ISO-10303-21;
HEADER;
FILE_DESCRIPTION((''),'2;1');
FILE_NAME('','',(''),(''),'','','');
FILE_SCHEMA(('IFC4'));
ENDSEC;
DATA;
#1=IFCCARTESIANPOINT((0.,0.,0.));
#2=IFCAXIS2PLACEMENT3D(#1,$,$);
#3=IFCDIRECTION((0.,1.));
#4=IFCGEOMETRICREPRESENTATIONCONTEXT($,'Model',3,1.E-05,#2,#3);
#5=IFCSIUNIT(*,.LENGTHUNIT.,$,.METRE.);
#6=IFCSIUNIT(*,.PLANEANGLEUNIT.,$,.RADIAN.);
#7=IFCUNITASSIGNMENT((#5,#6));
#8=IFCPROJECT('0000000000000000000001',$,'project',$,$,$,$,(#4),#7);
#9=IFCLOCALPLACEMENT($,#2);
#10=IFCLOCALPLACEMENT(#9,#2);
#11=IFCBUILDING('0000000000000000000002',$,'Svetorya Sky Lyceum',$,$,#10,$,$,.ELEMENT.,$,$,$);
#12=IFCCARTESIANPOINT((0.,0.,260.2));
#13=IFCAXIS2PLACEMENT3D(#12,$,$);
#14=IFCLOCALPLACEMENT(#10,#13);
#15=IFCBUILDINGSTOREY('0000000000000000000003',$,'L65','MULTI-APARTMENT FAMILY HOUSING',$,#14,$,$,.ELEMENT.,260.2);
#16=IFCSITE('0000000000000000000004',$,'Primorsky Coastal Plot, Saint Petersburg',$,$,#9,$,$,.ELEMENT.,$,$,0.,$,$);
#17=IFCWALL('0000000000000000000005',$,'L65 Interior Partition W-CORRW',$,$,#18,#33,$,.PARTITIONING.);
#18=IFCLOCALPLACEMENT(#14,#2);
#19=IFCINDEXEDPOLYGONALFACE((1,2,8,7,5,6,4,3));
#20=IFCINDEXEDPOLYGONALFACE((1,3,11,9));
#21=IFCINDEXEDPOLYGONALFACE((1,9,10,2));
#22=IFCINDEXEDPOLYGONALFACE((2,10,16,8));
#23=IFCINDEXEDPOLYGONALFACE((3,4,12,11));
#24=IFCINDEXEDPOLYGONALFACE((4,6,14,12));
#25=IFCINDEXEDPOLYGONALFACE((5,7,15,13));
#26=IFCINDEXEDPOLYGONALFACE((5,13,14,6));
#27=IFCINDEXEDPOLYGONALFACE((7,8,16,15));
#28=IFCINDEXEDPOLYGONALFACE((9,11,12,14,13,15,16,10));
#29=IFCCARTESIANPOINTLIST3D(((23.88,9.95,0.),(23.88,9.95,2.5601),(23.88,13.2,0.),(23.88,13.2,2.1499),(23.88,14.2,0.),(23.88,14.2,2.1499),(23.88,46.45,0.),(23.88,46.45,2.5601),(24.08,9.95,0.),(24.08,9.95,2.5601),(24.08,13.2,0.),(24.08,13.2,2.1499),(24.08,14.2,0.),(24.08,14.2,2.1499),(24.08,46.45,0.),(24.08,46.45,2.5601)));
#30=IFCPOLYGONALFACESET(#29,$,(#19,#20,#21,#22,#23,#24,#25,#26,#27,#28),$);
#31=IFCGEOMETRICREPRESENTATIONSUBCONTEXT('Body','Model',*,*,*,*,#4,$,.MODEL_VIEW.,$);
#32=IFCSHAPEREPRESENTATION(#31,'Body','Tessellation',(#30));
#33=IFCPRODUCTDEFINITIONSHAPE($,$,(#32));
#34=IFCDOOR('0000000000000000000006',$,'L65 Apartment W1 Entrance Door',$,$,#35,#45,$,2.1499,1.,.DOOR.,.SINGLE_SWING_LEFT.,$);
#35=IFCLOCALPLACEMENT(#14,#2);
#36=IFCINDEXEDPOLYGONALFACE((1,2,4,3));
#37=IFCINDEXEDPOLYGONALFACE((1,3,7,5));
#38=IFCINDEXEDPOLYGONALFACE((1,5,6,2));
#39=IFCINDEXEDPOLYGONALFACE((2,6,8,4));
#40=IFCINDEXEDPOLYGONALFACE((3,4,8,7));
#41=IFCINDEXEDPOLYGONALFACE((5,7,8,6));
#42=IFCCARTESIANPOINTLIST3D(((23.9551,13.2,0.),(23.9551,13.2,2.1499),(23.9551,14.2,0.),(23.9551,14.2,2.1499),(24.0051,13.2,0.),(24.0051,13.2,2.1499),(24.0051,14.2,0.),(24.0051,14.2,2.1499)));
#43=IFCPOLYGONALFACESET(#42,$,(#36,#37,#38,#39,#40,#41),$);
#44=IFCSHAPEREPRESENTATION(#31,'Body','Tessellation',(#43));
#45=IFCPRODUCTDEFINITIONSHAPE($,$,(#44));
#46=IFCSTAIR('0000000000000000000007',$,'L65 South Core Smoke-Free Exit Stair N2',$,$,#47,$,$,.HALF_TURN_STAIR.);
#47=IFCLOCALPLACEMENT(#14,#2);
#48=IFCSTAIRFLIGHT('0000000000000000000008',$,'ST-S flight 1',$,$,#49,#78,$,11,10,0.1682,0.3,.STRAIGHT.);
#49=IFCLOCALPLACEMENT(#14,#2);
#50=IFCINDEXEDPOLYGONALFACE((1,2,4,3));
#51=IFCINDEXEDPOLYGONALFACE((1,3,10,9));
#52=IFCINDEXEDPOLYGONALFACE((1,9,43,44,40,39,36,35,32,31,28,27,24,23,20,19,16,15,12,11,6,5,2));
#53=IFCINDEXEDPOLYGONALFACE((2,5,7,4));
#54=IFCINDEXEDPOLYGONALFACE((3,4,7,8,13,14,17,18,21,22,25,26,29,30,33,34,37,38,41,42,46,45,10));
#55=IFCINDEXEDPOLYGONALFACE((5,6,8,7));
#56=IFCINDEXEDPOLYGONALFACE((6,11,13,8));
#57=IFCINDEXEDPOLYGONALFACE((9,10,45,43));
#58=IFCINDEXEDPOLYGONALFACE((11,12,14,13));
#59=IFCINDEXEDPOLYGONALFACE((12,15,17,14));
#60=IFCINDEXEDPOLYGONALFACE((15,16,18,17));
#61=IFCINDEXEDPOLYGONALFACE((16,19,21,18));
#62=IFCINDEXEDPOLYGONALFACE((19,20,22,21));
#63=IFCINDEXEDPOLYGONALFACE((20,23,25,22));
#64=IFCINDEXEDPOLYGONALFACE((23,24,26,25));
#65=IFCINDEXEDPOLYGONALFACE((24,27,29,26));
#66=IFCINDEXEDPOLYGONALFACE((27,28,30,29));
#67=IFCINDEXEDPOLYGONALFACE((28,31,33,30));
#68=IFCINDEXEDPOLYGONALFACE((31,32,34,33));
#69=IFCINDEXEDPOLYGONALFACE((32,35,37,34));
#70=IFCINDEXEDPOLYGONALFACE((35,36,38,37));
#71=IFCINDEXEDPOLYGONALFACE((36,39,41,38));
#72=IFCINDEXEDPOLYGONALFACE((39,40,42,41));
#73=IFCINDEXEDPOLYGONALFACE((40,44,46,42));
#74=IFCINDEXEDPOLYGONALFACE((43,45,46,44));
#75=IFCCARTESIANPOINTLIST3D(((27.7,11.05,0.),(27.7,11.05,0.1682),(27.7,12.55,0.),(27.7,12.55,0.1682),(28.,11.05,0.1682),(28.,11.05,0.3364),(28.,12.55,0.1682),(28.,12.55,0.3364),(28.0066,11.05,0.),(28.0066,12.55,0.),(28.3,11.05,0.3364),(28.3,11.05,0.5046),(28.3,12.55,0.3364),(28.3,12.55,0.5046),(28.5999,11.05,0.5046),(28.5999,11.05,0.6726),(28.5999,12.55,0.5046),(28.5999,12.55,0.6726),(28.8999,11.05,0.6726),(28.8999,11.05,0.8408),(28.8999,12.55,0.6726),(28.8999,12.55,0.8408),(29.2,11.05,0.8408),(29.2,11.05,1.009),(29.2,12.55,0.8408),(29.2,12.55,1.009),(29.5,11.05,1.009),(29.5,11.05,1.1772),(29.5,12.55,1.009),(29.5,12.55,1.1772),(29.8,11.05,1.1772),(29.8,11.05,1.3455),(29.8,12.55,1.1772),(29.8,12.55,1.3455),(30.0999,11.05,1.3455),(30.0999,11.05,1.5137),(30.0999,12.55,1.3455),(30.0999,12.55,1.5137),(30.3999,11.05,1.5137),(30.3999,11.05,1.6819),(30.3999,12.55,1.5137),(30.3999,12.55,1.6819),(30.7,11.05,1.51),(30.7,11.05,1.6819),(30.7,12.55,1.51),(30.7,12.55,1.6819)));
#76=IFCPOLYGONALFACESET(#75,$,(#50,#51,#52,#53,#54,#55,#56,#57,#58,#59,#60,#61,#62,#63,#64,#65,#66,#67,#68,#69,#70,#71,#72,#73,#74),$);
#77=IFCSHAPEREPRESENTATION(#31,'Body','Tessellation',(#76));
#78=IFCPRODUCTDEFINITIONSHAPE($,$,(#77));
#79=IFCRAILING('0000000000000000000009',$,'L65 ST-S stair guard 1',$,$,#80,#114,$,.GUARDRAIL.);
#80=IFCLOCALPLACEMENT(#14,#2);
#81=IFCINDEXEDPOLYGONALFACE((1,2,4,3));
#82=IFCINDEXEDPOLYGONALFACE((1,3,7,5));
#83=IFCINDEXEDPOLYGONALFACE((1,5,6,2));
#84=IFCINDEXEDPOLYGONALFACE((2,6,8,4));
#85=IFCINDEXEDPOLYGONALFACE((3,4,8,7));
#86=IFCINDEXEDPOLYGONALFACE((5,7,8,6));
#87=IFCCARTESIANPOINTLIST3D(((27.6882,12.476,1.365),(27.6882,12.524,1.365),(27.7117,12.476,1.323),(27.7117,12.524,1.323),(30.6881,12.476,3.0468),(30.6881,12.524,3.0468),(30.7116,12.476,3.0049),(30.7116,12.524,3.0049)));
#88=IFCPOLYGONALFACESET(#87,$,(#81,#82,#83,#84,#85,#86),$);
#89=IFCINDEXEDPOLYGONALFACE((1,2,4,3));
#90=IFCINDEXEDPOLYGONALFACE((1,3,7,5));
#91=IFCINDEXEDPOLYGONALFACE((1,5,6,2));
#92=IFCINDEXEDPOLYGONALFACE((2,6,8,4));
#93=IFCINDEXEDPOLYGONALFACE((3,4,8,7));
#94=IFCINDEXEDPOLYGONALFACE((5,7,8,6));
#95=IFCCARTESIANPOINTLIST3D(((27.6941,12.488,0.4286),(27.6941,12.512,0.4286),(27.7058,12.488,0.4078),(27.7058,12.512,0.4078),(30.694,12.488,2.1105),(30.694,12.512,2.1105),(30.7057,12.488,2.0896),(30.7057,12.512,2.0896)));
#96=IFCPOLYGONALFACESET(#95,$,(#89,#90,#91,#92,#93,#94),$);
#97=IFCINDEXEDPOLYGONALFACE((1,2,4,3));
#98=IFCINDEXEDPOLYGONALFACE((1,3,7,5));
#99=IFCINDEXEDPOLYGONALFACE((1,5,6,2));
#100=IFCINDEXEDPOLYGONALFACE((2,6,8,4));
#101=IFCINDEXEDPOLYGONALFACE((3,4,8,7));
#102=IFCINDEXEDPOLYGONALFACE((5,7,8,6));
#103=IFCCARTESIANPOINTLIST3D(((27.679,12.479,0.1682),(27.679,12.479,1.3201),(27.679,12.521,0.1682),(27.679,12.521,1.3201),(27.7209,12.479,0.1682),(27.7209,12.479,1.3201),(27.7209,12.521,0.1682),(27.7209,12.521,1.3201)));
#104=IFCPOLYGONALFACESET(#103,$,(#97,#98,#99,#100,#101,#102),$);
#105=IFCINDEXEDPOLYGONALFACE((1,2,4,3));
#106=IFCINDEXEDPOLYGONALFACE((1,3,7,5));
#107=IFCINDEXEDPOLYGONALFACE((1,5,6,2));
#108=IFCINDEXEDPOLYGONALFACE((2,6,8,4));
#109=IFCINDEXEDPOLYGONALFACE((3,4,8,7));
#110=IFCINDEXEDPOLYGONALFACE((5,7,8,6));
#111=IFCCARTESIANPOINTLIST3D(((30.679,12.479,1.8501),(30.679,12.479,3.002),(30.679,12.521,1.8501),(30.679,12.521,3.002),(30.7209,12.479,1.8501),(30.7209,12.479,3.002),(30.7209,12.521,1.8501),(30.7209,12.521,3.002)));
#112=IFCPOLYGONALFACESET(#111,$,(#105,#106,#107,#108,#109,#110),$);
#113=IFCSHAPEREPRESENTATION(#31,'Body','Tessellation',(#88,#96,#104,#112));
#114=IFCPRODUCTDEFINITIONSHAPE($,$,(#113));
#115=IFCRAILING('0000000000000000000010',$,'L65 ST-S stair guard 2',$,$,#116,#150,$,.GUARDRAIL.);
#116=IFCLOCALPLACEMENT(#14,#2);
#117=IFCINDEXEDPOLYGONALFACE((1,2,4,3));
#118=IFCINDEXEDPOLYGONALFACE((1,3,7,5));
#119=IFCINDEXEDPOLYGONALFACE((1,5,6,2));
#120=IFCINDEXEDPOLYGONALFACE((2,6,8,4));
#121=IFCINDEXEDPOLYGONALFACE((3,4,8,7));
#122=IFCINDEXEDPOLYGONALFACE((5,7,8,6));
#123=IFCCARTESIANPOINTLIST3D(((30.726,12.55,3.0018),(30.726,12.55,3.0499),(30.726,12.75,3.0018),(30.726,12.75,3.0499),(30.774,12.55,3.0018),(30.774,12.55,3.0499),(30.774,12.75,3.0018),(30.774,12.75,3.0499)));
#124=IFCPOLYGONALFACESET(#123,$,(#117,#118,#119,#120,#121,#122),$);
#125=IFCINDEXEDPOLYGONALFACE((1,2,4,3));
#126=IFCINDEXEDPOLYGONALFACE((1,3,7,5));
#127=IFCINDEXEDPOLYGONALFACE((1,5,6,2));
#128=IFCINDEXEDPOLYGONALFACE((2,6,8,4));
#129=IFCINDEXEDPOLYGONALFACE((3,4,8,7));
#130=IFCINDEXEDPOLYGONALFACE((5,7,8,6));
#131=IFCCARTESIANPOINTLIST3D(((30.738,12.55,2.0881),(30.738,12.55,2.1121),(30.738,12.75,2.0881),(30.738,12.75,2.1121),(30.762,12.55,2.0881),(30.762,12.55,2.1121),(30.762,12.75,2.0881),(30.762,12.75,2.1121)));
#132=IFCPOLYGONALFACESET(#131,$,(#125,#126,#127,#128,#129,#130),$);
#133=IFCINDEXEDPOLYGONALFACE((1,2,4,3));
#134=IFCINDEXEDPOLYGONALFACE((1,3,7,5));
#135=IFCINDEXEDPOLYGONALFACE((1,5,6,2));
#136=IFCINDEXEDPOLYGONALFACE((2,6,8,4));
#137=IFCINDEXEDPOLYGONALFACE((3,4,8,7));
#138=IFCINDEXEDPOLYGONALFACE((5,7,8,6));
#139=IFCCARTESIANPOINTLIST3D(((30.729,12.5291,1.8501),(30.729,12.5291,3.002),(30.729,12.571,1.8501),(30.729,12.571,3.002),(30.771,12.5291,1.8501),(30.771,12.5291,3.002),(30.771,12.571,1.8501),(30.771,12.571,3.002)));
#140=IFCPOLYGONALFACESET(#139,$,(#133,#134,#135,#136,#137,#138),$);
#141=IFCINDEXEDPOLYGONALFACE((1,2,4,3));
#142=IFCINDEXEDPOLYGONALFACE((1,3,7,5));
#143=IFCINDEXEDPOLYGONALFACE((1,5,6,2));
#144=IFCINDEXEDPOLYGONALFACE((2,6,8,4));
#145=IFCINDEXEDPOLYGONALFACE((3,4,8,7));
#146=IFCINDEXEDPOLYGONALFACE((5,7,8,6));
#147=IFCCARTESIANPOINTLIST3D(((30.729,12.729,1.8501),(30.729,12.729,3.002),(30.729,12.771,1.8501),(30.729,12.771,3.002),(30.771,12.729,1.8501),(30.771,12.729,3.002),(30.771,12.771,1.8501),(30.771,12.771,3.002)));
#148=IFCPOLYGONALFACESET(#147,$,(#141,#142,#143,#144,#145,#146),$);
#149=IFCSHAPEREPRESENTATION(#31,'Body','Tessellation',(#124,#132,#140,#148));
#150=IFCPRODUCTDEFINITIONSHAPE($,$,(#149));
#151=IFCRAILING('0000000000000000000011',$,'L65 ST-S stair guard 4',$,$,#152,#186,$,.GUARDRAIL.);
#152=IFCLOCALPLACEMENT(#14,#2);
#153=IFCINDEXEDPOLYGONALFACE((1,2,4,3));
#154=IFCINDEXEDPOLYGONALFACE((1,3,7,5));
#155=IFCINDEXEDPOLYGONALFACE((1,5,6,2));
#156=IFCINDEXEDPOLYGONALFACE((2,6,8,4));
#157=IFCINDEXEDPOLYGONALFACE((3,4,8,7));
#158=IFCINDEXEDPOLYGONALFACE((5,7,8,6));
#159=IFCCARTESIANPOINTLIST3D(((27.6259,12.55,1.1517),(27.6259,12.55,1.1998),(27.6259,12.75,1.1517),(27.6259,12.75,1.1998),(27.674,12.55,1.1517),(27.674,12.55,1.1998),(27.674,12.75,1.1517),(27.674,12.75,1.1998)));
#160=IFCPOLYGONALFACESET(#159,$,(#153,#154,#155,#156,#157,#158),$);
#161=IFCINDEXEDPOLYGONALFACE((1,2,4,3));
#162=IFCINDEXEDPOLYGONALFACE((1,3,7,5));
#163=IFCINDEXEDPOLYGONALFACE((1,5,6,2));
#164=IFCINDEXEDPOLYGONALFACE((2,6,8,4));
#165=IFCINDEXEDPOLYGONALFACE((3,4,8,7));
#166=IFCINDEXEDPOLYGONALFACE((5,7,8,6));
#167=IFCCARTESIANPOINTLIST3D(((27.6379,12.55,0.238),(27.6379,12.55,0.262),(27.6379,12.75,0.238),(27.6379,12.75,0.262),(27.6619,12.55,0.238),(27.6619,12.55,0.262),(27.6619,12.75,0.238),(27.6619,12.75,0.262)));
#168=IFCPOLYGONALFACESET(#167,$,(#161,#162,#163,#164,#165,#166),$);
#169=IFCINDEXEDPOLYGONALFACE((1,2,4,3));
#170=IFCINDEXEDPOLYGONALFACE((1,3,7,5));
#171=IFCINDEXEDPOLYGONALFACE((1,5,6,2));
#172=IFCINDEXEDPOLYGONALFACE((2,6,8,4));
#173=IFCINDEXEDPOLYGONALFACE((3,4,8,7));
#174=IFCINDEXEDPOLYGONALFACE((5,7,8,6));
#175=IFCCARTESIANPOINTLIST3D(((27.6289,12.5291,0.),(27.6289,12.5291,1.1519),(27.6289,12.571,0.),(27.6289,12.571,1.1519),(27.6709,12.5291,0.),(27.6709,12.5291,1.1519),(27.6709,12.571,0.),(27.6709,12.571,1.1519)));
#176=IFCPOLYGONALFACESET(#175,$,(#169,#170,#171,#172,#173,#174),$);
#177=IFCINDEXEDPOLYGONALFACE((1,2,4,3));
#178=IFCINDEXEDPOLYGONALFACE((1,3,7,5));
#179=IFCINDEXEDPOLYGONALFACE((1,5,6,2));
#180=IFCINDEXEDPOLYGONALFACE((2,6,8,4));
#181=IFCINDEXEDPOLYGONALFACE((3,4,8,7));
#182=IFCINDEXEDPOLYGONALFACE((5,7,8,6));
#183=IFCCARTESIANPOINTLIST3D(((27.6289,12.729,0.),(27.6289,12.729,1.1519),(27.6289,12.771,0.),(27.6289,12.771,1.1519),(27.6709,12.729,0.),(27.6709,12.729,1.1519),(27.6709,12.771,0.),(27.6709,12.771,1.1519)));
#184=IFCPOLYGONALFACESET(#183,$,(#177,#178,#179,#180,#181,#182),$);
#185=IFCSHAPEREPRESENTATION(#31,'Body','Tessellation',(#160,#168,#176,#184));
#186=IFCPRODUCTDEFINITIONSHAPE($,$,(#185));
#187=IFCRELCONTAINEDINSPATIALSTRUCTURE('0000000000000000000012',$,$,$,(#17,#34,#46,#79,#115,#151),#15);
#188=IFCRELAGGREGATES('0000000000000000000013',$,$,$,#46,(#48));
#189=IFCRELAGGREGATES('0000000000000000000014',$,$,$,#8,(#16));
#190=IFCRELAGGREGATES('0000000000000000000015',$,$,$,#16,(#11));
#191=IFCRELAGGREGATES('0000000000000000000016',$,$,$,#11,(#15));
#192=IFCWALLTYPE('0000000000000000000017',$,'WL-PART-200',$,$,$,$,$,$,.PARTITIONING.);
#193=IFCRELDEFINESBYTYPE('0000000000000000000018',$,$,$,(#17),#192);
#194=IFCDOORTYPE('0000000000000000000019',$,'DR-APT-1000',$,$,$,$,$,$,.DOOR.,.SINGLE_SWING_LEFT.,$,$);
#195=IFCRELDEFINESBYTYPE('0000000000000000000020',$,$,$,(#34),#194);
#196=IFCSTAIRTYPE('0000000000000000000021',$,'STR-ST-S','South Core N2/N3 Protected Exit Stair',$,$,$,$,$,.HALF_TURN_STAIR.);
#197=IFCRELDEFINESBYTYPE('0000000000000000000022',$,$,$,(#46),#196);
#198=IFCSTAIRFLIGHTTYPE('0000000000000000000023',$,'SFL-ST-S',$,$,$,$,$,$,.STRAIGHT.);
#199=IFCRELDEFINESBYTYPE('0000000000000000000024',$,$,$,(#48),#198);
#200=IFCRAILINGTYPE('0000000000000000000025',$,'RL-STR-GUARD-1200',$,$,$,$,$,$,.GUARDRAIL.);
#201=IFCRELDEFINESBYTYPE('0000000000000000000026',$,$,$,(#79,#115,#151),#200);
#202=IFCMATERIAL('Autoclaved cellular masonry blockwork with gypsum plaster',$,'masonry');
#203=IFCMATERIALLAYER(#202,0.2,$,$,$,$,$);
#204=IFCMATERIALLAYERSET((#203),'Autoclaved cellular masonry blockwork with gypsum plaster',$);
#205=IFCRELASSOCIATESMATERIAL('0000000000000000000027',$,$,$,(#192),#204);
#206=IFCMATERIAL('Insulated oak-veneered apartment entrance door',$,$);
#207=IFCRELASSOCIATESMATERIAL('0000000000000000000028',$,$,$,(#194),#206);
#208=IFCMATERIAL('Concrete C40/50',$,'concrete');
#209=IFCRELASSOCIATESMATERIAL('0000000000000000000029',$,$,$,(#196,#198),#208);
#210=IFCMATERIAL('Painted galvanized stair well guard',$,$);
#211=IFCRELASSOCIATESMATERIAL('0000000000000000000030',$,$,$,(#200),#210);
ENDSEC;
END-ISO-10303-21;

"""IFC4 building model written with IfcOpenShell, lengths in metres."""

from ifc_helpers import new_model, si_unit, direction, frame, frame_2d, origin, origin_2d, place, context, subcontext, project, spatial, polyline, rectangle, outline, extrude, material, layer, layer_set, type_object, element, fill, aggregate, save


model = new_model("IFC4")

# Units and contexts
model_context = context("Model", 3, precision=1e-05, world=origin(), true_north=direction((0.0, 1.0)))
body_context = subcontext(model_context, "Body", "Model", "MODEL_VIEW")
ifc_project = project(units=[si_unit("LENGTHUNIT", "METRE"), si_unit("PLANEANGLEUNIT", "RADIAN")], contexts=[model_context])

# Site, building, storey
site_placement = place(None, origin())
site = spatial("IfcSite", under=ifc_project, at=site_placement, Name="Primorsky Coastal Plot, Saint Petersburg", CompositionType="ELEMENT", RefElevation=0.0)
building_placement = place(site_placement, origin())
building = spatial("IfcBuilding", under=site, at=building_placement, Name="Svetorya Sky Lyceum", CompositionType="ELEMENT")
storey_placement = place(building_placement, frame((0.0, 0.0, 260.2)))
storey = spatial("IfcBuildingStorey", under=building, at=storey_placement, Name="L65", Description="MULTI-APARTMENT FAMILY HOUSING", CompositionType="ELEMENT", Elevation=260.2)

# Shared definitions
ifc_material_1 = material(Name="Concrete C40/50", Category="concrete")

# Wall, opening, door
ifc_material_2 = material(Name="Autoclaved cellular masonry blockwork with gypsum plaster", Category="masonry")
ifc_layer_1 = layer(ifc_material_2, 0.2)
ifc_layer_set_1 = layer_set([ifc_layer_1], Name="Autoclaved cellular masonry blockwork with gypsum plaster")
wall_type_1 = type_object("IfcWallType", Name="WL-PART-200", PredefinedType="PARTITIONING", material=ifc_layer_set_1)
wall_1_placement = place(storey_placement, frame((23.98, 9.95, 0.0), z_axis=(0.0, 0.0, 1.0), x_axis=(0.0, 1.0, 0.0)))
wall_1 = element("IfcWall", 1, at=wall_1_placement, inside=storey, type_object=wall_type_1, Name="L65 Interior Partition W-CORRW", PredefinedType="PARTITIONING", context=body_context, shape_type="SweptSolid", body=[
    extrude(rectangle(XDim=36.5, YDim=0.2, at=frame_2d((18.25, 0.0))), origin(), (0.0, 0.0, 1.0), 2.5601),
])
opening_1_placement = place(wall_1_placement, frame((3.25, 0.0, 0.0)))
opening_1 = element("IfcOpeningElement", 2, at=opening_1_placement, cuts=wall_1, PredefinedType="OPENING", context=body_context, shape_type="SweptSolid", body=[
    extrude(rectangle(XDim=1.0, YDim=2.1499, at=frame_2d((0.5, 1.075))), frame((0.0, 0.1099, 0.0), z_axis=(0.0, -1.0, 0.0), x_axis=(1.0, 0.0, 0.0)), (0.0, 0.0, 1.0), 0.22),
])
ifc_material_3 = material(Name="Insulated oak-veneered apartment entrance door")
door_type_1 = type_object("IfcDoorType", Name="DR-APT-1000", OperationType="SINGLE_SWING_LEFT", PredefinedType="DOOR", material=ifc_material_3)
door_1_placement = place(opening_1_placement, origin())
door_1 = element("IfcDoor", 3, at=door_1_placement, inside=storey, type_object=door_type_1, Name="L65 Apartment W1 Entrance Door", OperationType="SINGLE_SWING_LEFT", OverallHeight=2.1499, OverallWidth=1.0, PredefinedType="DOOR", context=body_context, shape_type="SweptSolid", body=[
    extrude(rectangle(XDim=1.0, YDim=2.1499, at=frame_2d((0.5, 1.075))), frame((0.0, 0.0249, 0.0), z_axis=(0.0, -1.0, 0.0), x_axis=(1.0, 0.0, 0.0)), (0.0, 0.0, 1.0), 0.05),
])
fill(opening_1, door_1)

# Stair, stair flight
stair_type = type_object("IfcStairType", Name="STR-ST-S", Description="South Core N2/N3 Protected Exit Stair", PredefinedType="HALF_TURN_STAIR", material=ifc_material_1)
stair_placement = place(storey_placement, origin())
stair = element("IfcStair", 4, at=stair_placement, inside=storey, type_object=stair_type, Name="L65 South Core Smoke-Free Exit Stair N2", PredefinedType="HALF_TURN_STAIR")
stair_flight_type = type_object("IfcStairFlightType", Name="SFL-ST-S", PredefinedType="STRAIGHT", material=ifc_material_1)
stair_flight_placement = place(storey_placement, frame((27.7, 11.8, 0.0), z_axis=(0.0, 0.0, 1.0), x_axis=(1.0, 0.0, 0.0)))
stair_flight = element("IfcStairFlight", 5, at=stair_flight_placement, type_object=stair_flight_type, Name="ST-S flight 1", NumberOfRisers=11, NumberOfTreads=10, PredefinedType="STRAIGHT", RiserHeight=0.1682, TreadLength=0.3, context=body_context, shape_type="SweptSolid", body=[
    extrude(outline(polyline([(0.0, 0.0), (0.0, 0.1682), (0.3, 0.1682), (0.3, 0.3364), (0.6001, 0.3364), (0.6001, 0.5046), (0.8999, 0.5046), (0.8999, 0.6726), (1.2, 0.6726), (1.2, 0.8408), (1.5, 0.8408), (1.5, 1.009), (1.8, 1.009), (1.8, 1.1772), (2.1001, 1.1772), (2.1001, 1.3455), (2.3999, 1.3455), (2.3999, 1.5137), (2.7, 1.5137), (2.7, 1.6819), (3.0, 1.6819), (3.0, 1.8501), (3.0, 1.51), (0.3066, 0.0), (0.0, 0.0)])), frame((0.0, 0.75, 0.0), z_axis=(0.0, -1.0, 0.0), x_axis=(1.0, 0.0, 0.0)), (0.0, 0.0, 1.0), 1.5),
])
aggregate(stair, [stair_flight])

# Railings
ifc_material_4 = material(Name="Painted galvanized stair well guard")
railing_type_1 = type_object("IfcRailingType", Name="RL-STR-GUARD-1200", PredefinedType="GUARDRAIL", material=ifc_material_4)
railing_1_placement = place(storey_placement, frame((27.7, 12.5, 0.1682)))
element("IfcRailing", 6, at=railing_1_placement, inside=storey, type_object=railing_type_1, Name="L65 ST-S stair guard 1", PredefinedType="GUARDRAIL", context=body_context, shape_type="SweptSolid", body=[
    extrude(rectangle(XDim=0.0481, YDim=0.0481, at=origin_2d()), frame((0.0, 0.0, 1.1758), z_axis=(0.872272, 0.0, 0.48902), x_axis=(0.0, 1.0, 0.0)), (0.0, 0.0, 1.0), 3.4392),
    extrude(rectangle(XDim=0.0239, YDim=0.0239, at=origin_2d()), frame((0.0, 0.0, 0.25), z_axis=(0.872272, 0.0, 0.48902), x_axis=(0.0, 1.0, 0.0)), (0.0, 0.0, 1.0), 3.4392),
    extrude(rectangle(XDim=0.042, YDim=0.042, at=origin_2d()), origin(), (0.0, 0.0, 1.0), 1.1519),
    extrude(rectangle(XDim=0.042, YDim=0.042, at=origin_2d()), frame((3.0, 0.0, 1.6819)), (0.0, 0.0, 1.0), 1.1519),
])
for number, where, name in (
    (7, (30.75, 12.55, 1.8501), "L65 ST-S stair guard 2"),
    (8, (27.6499, 12.55, 0.0), "L65 ST-S stair guard 4"),
):
    element("IfcRailing", number, at=place(storey_placement, frame(where)), inside=storey, type_object=railing_type_1, Name=name, PredefinedType="GUARDRAIL", context=body_context, shape_type="SweptSolid", body=[
        extrude(rectangle(XDim=0.0481, YDim=0.0481, at=origin_2d()), frame((0.0, 0.0, 1.1758), z_axis=(0.0, 1.0, 0.0), x_axis=(-1.0, 0.0, 0.0)), (0.0, 0.0, 1.0), 0.2),
        extrude(rectangle(XDim=0.0239, YDim=0.0239, at=origin_2d()), frame((0.0, 0.0, 0.25), z_axis=(0.0, 1.0, 0.0), x_axis=(-1.0, 0.0, 0.0)), (0.0, 0.0, 1.0), 0.2),
        extrude(rectangle(XDim=0.042, YDim=0.042, at=origin_2d()), origin(), (0.0, 0.0, 1.0), 1.1519),
        extrude(rectangle(XDim=0.042, YDim=0.042, at=origin_2d()), frame((0.0, 0.2, 0.0)), (0.0, 0.0, 1.0), 1.1519),
    ])

save(model, "model.ifc")
